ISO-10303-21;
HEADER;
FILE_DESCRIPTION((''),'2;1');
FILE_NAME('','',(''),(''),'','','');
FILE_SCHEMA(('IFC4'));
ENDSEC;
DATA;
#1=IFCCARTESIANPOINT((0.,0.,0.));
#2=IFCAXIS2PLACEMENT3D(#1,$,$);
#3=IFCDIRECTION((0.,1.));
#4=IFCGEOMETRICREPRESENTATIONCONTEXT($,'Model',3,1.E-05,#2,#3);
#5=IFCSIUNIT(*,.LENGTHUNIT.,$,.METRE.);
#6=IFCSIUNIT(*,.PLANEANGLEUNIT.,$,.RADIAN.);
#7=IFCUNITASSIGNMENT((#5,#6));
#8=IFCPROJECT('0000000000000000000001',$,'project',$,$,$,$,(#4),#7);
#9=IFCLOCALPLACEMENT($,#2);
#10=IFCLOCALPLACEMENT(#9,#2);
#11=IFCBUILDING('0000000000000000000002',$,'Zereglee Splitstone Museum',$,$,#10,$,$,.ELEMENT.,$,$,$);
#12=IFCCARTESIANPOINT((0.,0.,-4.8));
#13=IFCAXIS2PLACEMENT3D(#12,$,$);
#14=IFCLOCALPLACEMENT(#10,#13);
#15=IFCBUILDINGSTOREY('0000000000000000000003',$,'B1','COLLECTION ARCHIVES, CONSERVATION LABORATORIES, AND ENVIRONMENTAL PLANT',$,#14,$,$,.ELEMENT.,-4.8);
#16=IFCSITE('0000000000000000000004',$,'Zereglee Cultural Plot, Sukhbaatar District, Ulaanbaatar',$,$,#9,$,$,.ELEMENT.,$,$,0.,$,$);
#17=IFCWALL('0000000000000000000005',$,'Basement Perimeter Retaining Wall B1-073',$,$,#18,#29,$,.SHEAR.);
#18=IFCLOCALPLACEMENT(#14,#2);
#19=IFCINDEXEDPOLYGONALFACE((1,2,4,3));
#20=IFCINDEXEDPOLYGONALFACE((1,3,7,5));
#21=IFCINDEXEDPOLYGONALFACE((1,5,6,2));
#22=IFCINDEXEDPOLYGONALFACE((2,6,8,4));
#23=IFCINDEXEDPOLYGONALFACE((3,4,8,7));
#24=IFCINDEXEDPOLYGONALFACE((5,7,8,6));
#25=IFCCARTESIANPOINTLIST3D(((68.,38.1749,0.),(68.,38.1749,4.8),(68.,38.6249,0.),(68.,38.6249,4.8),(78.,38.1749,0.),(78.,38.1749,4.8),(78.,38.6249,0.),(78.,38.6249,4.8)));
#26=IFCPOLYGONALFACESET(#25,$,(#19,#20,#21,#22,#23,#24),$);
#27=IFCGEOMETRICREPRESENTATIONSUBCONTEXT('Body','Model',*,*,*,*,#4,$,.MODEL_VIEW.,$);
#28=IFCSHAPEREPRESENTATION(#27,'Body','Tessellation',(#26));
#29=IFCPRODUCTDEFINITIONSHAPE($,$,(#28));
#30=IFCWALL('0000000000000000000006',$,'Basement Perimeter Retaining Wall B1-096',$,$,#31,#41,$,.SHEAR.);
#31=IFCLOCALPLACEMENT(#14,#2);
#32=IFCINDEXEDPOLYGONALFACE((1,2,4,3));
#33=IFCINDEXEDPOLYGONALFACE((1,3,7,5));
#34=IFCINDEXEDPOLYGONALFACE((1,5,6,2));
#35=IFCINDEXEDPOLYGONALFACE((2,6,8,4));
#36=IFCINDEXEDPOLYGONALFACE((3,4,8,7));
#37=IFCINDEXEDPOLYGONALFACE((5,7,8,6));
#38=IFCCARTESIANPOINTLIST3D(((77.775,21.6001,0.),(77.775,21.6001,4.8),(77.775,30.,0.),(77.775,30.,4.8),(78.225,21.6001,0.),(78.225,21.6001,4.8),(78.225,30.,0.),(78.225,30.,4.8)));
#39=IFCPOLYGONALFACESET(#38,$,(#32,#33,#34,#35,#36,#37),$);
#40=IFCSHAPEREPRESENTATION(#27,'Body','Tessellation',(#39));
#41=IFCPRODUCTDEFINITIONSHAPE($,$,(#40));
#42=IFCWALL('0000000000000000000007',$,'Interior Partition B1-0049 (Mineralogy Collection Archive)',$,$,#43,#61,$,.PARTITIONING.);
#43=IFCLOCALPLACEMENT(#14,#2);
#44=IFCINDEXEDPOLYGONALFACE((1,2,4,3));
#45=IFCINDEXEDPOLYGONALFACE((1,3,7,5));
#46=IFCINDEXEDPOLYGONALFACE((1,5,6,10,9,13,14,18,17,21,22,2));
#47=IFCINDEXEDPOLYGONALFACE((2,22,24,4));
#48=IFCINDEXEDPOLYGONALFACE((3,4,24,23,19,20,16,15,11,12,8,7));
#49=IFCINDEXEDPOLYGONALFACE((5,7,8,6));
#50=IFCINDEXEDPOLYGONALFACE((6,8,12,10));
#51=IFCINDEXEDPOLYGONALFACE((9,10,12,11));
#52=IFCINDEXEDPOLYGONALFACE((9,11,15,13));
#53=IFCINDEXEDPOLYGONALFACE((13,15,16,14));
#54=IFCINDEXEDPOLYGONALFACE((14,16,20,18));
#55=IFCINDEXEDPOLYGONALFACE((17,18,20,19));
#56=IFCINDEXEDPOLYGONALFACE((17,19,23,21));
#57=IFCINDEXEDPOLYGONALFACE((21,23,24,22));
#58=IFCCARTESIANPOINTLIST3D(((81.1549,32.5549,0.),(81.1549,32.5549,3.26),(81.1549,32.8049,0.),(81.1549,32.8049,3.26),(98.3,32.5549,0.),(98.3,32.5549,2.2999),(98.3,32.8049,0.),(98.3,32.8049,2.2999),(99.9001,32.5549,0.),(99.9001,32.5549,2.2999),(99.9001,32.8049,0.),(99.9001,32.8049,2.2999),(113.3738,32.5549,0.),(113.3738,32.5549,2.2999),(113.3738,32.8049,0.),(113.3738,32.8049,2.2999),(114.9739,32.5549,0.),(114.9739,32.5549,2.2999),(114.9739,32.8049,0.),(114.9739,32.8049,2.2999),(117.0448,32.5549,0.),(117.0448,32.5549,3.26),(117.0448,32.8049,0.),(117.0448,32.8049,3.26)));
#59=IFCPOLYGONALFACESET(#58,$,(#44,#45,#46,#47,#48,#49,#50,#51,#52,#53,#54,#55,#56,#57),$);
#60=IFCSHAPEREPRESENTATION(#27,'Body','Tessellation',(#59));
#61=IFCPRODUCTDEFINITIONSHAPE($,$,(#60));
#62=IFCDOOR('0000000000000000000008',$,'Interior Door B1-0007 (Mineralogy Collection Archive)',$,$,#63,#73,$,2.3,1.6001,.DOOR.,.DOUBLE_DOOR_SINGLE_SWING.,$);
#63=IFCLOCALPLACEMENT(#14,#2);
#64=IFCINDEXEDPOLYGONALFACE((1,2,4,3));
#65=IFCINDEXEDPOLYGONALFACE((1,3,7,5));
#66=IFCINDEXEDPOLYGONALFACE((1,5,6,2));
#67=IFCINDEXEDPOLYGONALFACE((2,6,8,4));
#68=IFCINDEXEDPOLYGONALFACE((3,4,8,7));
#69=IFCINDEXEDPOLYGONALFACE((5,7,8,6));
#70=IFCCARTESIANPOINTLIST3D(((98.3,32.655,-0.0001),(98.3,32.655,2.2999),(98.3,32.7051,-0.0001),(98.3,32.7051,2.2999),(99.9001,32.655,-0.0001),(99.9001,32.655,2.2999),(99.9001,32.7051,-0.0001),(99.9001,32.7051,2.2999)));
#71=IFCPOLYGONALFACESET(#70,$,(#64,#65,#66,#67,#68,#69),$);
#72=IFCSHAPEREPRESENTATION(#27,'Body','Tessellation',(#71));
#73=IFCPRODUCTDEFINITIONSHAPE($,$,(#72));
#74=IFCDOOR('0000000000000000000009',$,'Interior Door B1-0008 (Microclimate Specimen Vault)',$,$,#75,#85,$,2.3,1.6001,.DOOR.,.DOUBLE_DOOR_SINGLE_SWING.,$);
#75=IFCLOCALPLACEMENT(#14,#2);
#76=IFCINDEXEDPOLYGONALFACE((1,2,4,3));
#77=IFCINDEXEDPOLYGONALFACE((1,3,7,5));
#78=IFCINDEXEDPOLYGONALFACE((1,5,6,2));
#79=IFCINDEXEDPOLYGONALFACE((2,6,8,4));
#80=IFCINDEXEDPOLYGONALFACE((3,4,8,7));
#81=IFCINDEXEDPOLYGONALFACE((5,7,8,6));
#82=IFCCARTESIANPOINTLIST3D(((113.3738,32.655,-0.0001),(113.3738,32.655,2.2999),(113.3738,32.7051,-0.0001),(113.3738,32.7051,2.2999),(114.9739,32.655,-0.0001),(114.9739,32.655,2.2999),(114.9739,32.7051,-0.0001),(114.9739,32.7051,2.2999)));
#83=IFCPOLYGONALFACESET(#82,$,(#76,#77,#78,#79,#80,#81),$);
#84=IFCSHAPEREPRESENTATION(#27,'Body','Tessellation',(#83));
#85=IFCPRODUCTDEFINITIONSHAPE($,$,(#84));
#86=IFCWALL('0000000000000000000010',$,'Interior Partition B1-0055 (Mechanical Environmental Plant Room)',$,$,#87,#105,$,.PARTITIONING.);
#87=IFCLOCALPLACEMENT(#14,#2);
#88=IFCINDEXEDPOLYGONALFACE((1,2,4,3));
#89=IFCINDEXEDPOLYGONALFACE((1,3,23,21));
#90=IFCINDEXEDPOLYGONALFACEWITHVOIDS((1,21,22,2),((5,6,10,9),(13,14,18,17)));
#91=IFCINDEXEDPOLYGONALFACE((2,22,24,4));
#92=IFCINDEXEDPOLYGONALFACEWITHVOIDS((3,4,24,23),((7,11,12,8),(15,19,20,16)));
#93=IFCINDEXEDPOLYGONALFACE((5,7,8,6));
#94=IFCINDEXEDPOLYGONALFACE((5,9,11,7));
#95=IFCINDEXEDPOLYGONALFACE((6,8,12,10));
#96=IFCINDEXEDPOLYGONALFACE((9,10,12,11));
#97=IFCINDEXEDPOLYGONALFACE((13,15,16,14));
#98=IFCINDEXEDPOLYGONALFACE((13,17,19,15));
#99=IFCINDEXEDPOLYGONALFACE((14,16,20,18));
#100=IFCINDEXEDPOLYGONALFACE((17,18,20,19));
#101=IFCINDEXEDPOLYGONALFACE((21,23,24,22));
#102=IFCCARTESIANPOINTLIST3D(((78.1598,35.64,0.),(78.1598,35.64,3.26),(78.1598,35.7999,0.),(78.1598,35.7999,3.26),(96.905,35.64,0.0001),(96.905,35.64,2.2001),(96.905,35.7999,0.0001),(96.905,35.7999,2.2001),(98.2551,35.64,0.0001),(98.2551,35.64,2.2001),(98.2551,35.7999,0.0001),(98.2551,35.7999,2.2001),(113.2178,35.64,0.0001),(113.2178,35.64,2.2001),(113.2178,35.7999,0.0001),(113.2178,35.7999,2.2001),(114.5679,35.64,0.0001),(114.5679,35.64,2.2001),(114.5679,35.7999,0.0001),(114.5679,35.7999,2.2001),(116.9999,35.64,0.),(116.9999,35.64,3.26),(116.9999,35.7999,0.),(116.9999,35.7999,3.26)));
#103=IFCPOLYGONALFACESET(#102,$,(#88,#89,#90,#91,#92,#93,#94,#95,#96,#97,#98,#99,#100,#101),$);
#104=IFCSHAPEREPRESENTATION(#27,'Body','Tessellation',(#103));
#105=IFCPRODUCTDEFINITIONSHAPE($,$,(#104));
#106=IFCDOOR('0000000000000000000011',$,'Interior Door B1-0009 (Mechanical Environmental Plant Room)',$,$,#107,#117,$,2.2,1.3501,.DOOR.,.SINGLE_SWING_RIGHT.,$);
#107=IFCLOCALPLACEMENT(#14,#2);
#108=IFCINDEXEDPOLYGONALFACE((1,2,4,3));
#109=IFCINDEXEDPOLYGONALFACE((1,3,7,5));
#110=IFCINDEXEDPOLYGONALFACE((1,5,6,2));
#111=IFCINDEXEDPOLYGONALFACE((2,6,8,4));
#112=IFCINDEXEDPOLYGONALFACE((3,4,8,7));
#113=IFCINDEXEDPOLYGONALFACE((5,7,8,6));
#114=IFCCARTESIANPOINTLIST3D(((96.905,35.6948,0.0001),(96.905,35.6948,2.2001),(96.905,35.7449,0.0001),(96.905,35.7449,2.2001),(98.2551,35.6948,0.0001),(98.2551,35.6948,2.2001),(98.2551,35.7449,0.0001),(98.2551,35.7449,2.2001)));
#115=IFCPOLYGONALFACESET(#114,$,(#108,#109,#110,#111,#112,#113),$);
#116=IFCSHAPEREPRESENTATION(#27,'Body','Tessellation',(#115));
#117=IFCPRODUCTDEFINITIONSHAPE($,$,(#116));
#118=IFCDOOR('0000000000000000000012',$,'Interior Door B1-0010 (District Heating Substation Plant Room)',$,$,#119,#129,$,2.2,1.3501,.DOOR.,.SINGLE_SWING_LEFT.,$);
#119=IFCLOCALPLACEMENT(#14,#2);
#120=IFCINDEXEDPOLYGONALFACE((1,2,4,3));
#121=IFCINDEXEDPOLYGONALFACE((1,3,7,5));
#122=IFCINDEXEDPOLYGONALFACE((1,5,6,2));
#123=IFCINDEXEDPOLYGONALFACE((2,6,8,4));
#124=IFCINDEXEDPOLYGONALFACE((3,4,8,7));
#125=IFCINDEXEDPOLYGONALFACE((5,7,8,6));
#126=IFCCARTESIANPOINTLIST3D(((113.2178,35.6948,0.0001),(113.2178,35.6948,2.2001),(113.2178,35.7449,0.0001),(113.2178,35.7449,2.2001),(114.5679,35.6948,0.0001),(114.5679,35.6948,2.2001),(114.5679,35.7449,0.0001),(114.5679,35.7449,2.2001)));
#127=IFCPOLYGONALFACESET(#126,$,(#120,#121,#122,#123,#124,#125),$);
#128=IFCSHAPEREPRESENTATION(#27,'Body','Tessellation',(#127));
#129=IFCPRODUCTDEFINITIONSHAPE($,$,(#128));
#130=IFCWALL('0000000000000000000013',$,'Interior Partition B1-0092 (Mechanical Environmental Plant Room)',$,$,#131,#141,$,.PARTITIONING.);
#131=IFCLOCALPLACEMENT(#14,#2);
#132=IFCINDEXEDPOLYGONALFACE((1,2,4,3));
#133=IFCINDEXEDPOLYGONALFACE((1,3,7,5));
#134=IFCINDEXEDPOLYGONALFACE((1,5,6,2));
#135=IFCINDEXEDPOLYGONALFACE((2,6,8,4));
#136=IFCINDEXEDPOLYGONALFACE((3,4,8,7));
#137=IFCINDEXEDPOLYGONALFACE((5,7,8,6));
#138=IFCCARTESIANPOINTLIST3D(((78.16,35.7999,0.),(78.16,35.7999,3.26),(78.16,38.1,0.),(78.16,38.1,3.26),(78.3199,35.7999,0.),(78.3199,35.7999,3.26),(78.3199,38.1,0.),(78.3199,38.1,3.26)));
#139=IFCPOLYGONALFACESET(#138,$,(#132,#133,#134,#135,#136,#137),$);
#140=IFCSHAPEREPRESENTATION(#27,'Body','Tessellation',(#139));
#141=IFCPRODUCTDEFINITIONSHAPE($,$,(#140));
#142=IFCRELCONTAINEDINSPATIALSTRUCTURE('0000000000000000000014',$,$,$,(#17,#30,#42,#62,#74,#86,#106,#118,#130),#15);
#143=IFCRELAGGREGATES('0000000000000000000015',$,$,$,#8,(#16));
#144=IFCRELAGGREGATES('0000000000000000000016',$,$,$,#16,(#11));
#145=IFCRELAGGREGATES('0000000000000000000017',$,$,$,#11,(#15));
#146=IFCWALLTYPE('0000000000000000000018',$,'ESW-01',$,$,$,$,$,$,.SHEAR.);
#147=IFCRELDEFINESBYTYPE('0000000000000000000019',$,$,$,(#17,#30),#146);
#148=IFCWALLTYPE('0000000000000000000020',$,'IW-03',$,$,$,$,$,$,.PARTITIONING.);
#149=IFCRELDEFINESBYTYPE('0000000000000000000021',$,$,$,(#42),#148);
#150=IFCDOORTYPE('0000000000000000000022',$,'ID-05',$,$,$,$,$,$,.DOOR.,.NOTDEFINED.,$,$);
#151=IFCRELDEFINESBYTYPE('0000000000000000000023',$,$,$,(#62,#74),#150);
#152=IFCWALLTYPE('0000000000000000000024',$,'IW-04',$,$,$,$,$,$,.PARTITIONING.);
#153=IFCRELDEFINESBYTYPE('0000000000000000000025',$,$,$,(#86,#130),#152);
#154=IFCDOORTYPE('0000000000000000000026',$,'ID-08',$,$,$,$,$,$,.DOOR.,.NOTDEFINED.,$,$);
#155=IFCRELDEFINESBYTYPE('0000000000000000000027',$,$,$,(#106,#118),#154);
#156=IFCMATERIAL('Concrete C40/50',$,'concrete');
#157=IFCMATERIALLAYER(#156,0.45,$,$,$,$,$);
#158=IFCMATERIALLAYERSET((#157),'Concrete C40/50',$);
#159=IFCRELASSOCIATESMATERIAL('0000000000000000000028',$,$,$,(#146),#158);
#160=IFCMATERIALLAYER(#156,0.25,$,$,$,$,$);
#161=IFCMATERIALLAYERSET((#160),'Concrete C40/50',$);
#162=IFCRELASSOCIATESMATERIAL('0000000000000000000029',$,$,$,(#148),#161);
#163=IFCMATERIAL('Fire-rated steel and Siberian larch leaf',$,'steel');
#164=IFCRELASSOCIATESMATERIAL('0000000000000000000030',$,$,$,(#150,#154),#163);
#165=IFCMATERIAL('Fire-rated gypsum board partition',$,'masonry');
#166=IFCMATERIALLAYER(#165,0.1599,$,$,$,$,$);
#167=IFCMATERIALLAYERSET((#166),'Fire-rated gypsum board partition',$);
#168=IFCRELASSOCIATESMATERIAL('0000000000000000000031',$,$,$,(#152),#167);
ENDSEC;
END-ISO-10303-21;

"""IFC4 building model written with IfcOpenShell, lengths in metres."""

from ifc_helpers import new_model, si_unit, direction, frame, frame_2d, origin, place, context, subcontext, project, spatial, rectangle, extrude, material, layer, layer_set, type_object, element, fill, save


model = new_model("IFC4")

# Units and contexts
model_context = context("Model", 3, precision=1e-05, world=origin(), true_north=direction((0.0, 1.0)))
body_context = subcontext(model_context, "Body", "Model", "MODEL_VIEW")
ifc_project = project(units=[si_unit("LENGTHUNIT", "METRE"), si_unit("PLANEANGLEUNIT", "RADIAN")], contexts=[model_context])

# Site, building, storey
site_placement = place(None, origin())
site = spatial("IfcSite", under=ifc_project, at=site_placement, Name="Zereglee Cultural Plot, Sukhbaatar District, Ulaanbaatar", CompositionType="ELEMENT", RefElevation=0.0)
building_placement = place(site_placement, origin())
building = spatial("IfcBuilding", under=site, at=building_placement, Name="Zereglee Splitstone Museum", CompositionType="ELEMENT")
storey_placement = place(building_placement, frame((0.0, 0.0, -4.8)))
storey = spatial("IfcBuildingStorey", under=building, at=storey_placement, Name="B1", Description="COLLECTION ARCHIVES, CONSERVATION LABORATORIES, AND ENVIRONMENTAL PLANT", CompositionType="ELEMENT", Elevation=-4.8)

# Shared definitions
ifc_material_1 = material(Name="Concrete C40/50", Category="concrete")

# Walls
ifc_layer_1 = layer(ifc_material_1, 0.45)
ifc_layer_set_1 = layer_set([ifc_layer_1], Name="Concrete C40/50")
wall_type_1 = type_object("IfcWallType", Name="ESW-01", PredefinedType="SHEAR", material=ifc_layer_set_1)
wall_1_placement = place(storey_placement, frame((78.0, 38.3999, 0.0), z_axis=(0.0, 0.0, 1.0), x_axis=(-1.0, 0.0, 0.0)))
element("IfcWall", 1, at=wall_1_placement, inside=storey, type_object=wall_type_1, Name="Basement Perimeter Retaining Wall B1-073", PredefinedType="SHEAR", context=body_context, shape_type="SweptSolid", body=[
    extrude(rectangle(XDim=10.0, YDim=0.45, at=frame_2d((5.0, 0.0))), origin(), (0.0, 0.0, 1.0), 4.8),
])
wall_2_placement = place(storey_placement, frame((78.0, 30.0, 0.0), z_axis=(0.0, 0.0, 1.0), x_axis=(0.0, -1.0, 0.0)))
element("IfcWall", 2, at=wall_2_placement, inside=storey, type_object=wall_type_1, Name="Basement Perimeter Retaining Wall B1-096", PredefinedType="SHEAR", context=body_context, shape_type="SweptSolid", body=[
    extrude(rectangle(XDim=8.3999, YDim=0.45, at=frame_2d((4.2, 0.0))), origin(), (0.0, 0.0, 1.0), 4.8),
])

# Walls, openings, doors
ifc_layer_2 = layer(ifc_material_1, 0.25)
ifc_layer_set_2 = layer_set([ifc_layer_2], Name="Concrete C40/50")
wall_type_2 = type_object("IfcWallType", Name="IW-03", PredefinedType="PARTITIONING", material=ifc_layer_set_2)
wall_3_placement = place(storey_placement, frame((81.155, 32.6799, 0.0), z_axis=(0.0, 0.0, 1.0), x_axis=(1.0, 0.0, 0.0)))
wall_3 = element("IfcWall", 3, at=wall_3_placement, inside=storey, type_object=wall_type_2, Name="Interior Partition B1-0049 (Mineralogy Collection Archive)", PredefinedType="PARTITIONING", context=body_context, shape_type="SweptSolid", body=[
    extrude(rectangle(XDim=35.8899, YDim=0.25, at=frame_2d((17.9448, 0.0))), origin(), (0.0, 0.0, 1.0), 3.26),
])
opening_1_placement = place(wall_3_placement, frame((17.145, 0.0, 0.0)))
opening_1 = element("IfcOpeningElement", 4, at=opening_1_placement, cuts=wall_3, PredefinedType="OPENING", context=body_context, shape_type="SweptSolid", body=[
    extrude(rectangle(XDim=1.6001, YDim=2.3, at=frame_2d((0.8, 1.1499))), frame((0.0, 0.1399, 0.0), z_axis=(0.0, -1.0, 0.0), x_axis=(1.0, 0.0, 0.0)), (0.0, 0.0, 1.0), 0.2798),
])
opening_2_placement = place(wall_3_placement, frame((32.2188, 0.0, 0.0)))
opening_2 = element("IfcOpeningElement", 5, at=opening_2_placement, cuts=wall_3, PredefinedType="OPENING", context=body_context, shape_type="SweptSolid", body=[
    extrude(rectangle(XDim=1.6001, YDim=2.3, at=frame_2d((0.8, 1.1499))), frame((0.0, 0.1399, 0.0), z_axis=(0.0, -1.0, 0.0), x_axis=(1.0, 0.0, 0.0)), (0.0, 0.0, 1.0), 0.2798),
])
ifc_material_2 = material(Name="Fire-rated steel and Siberian larch leaf", Category="steel")
door_type_1 = type_object("IfcDoorType", Name="ID-05", OperationType="NOTDEFINED", PredefinedType="DOOR", material=ifc_material_2)
door_1_placement = place(opening_1_placement, frame((1.6001, 0.0, 0.0), z_axis=(0.0, 0.0, 1.0), x_axis=(-1.0, 0.0, 0.0)))
door_1 = element("IfcDoor", 6, at=door_1_placement, inside=storey, type_object=door_type_1, Name="Interior Door B1-0007 (Mineralogy Collection Archive)", OperationType="DOUBLE_DOOR_SINGLE_SWING", OverallHeight=2.3, OverallWidth=1.6001, PredefinedType="DOOR", context=body_context, shape_type="SweptSolid", body=[
    extrude(rectangle(XDim=1.6001, YDim=2.3, at=frame_2d((0.8, 1.1499))), frame((0.0, 0.0249, 0.0), z_axis=(0.0, -1.0, 0.0), x_axis=(1.0, 0.0, 0.0)), (0.0, 0.0, 1.0), 0.05),
])
fill(opening_1, door_1)
door_2_placement = place(opening_2_placement, frame((1.6001, 0.0, 0.0), z_axis=(0.0, 0.0, 1.0), x_axis=(-1.0, 0.0, 0.0)))
door_2 = element("IfcDoor", 7, at=door_2_placement, inside=storey, type_object=door_type_1, Name="Interior Door B1-0008 (Microclimate Specimen Vault)", OperationType="DOUBLE_DOOR_SINGLE_SWING", OverallHeight=2.3, OverallWidth=1.6001, PredefinedType="DOOR", context=body_context, shape_type="SweptSolid", body=[
    extrude(rectangle(XDim=1.6001, YDim=2.3, at=frame_2d((0.8, 1.1499))), frame((0.0, 0.0249, 0.0), z_axis=(0.0, -1.0, 0.0), x_axis=(1.0, 0.0, 0.0)), (0.0, 0.0, 1.0), 0.05),
])
fill(opening_2, door_2)
ifc_material_3 = material(Name="Fire-rated gypsum board partition", Category="masonry")
ifc_layer_3 = layer(ifc_material_3, 0.1599)
ifc_layer_set_3 = layer_set([ifc_layer_3], Name="Fire-rated gypsum board partition")
wall_type_3 = type_object("IfcWallType", Name="IW-04", PredefinedType="PARTITIONING", material=ifc_layer_set_3)
wall_4_placement = place(storey_placement, frame((78.1599, 35.72, 0.0), z_axis=(0.0, 0.0, 1.0), x_axis=(1.0, 0.0, 0.0)))
wall_4 = element("IfcWall", 8, at=wall_4_placement, inside=storey, type_object=wall_type_3, Name="Interior Partition B1-0055 (Mechanical Environmental Plant Room)", PredefinedType="PARTITIONING", context=body_context, shape_type="SweptSolid", body=[
    extrude(rectangle(XDim=38.8401, YDim=0.1599, at=frame_2d((19.4199, 0.0))), origin(), (0.0, 0.0, 1.0), 3.26),
])
opening_3_placement = place(wall_4_placement, frame((18.7451, 0.0, 0.0)))
opening_3 = element("IfcOpeningElement", 9, at=opening_3_placement, cuts=wall_4, PredefinedType="OPENING", context=body_context, shape_type="SweptSolid", body=[
    extrude(rectangle(XDim=1.3501, YDim=2.2, at=frame_2d((0.675, 1.1001))), frame((0.0, 0.0947, 0.0), z_axis=(0.0, -1.0, 0.0), x_axis=(1.0, 0.0, 0.0)), (0.0, 0.0, 1.0), 0.1897),
])
opening_4_placement = place(wall_4_placement, frame((35.0579, 0.0, 0.0)))
opening_4 = element("IfcOpeningElement", 10, at=opening_4_placement, cuts=wall_4, PredefinedType="OPENING", context=body_context, shape_type="SweptSolid", body=[
    extrude(rectangle(XDim=1.3501, YDim=2.2, at=frame_2d((0.675, 1.1001))), frame((0.0, 0.0947, 0.0), z_axis=(0.0, -1.0, 0.0), x_axis=(1.0, 0.0, 0.0)), (0.0, 0.0, 1.0), 0.1897),
])
door_type_2 = type_object("IfcDoorType", Name="ID-08", OperationType="NOTDEFINED", PredefinedType="DOOR", material=ifc_material_2)
door_3_placement = place(opening_3_placement, origin())
door_3 = element("IfcDoor", 11, at=door_3_placement, inside=storey, type_object=door_type_2, Name="Interior Door B1-0009 (Mechanical Environmental Plant Room)", OperationType="SINGLE_SWING_RIGHT", OverallHeight=2.2, OverallWidth=1.3501, PredefinedType="DOOR", context=body_context, shape_type="SweptSolid", body=[
    extrude(rectangle(XDim=1.3501, YDim=2.2, at=frame_2d((0.675, 1.1001))), frame((0.0, 0.0249, 0.0), z_axis=(0.0, -1.0, 0.0), x_axis=(1.0, 0.0, 0.0)), (0.0, 0.0, 1.0), 0.05),
])
fill(opening_3, door_3)
door_4_placement = place(opening_4_placement, origin())
door_4 = element("IfcDoor", 12, at=door_4_placement, inside=storey, type_object=door_type_2, Name="Interior Door B1-0010 (District Heating Substation Plant Room)", OperationType="SINGLE_SWING_LEFT", OverallHeight=2.2, OverallWidth=1.3501, PredefinedType="DOOR", context=body_context, shape_type="SweptSolid", body=[
    extrude(rectangle(XDim=1.3501, YDim=2.2, at=frame_2d((0.675, 1.1001))), frame((0.0, 0.0249, 0.0), z_axis=(0.0, -1.0, 0.0), x_axis=(1.0, 0.0, 0.0)), (0.0, 0.0, 1.0), 0.05),
])
fill(opening_4, door_4)

# Wall
wall_5_placement = place(storey_placement, frame((78.24, 35.8, 0.0), z_axis=(0.0, 0.0, 1.0), x_axis=(0.0, 1.0, 0.0)))
element("IfcWall", 13, at=wall_5_placement, inside=storey, type_object=wall_type_3, Name="Interior Partition B1-0092 (Mechanical Environmental Plant Room)", PredefinedType="PARTITIONING", context=body_context, shape_type="SweptSolid", body=[
    extrude(rectangle(XDim=2.3, YDim=0.1599, at=frame_2d((1.1499, 0.0))), origin(), (0.0, 0.0, 1.0), 3.26),
])

save(model, "model.ifc")
